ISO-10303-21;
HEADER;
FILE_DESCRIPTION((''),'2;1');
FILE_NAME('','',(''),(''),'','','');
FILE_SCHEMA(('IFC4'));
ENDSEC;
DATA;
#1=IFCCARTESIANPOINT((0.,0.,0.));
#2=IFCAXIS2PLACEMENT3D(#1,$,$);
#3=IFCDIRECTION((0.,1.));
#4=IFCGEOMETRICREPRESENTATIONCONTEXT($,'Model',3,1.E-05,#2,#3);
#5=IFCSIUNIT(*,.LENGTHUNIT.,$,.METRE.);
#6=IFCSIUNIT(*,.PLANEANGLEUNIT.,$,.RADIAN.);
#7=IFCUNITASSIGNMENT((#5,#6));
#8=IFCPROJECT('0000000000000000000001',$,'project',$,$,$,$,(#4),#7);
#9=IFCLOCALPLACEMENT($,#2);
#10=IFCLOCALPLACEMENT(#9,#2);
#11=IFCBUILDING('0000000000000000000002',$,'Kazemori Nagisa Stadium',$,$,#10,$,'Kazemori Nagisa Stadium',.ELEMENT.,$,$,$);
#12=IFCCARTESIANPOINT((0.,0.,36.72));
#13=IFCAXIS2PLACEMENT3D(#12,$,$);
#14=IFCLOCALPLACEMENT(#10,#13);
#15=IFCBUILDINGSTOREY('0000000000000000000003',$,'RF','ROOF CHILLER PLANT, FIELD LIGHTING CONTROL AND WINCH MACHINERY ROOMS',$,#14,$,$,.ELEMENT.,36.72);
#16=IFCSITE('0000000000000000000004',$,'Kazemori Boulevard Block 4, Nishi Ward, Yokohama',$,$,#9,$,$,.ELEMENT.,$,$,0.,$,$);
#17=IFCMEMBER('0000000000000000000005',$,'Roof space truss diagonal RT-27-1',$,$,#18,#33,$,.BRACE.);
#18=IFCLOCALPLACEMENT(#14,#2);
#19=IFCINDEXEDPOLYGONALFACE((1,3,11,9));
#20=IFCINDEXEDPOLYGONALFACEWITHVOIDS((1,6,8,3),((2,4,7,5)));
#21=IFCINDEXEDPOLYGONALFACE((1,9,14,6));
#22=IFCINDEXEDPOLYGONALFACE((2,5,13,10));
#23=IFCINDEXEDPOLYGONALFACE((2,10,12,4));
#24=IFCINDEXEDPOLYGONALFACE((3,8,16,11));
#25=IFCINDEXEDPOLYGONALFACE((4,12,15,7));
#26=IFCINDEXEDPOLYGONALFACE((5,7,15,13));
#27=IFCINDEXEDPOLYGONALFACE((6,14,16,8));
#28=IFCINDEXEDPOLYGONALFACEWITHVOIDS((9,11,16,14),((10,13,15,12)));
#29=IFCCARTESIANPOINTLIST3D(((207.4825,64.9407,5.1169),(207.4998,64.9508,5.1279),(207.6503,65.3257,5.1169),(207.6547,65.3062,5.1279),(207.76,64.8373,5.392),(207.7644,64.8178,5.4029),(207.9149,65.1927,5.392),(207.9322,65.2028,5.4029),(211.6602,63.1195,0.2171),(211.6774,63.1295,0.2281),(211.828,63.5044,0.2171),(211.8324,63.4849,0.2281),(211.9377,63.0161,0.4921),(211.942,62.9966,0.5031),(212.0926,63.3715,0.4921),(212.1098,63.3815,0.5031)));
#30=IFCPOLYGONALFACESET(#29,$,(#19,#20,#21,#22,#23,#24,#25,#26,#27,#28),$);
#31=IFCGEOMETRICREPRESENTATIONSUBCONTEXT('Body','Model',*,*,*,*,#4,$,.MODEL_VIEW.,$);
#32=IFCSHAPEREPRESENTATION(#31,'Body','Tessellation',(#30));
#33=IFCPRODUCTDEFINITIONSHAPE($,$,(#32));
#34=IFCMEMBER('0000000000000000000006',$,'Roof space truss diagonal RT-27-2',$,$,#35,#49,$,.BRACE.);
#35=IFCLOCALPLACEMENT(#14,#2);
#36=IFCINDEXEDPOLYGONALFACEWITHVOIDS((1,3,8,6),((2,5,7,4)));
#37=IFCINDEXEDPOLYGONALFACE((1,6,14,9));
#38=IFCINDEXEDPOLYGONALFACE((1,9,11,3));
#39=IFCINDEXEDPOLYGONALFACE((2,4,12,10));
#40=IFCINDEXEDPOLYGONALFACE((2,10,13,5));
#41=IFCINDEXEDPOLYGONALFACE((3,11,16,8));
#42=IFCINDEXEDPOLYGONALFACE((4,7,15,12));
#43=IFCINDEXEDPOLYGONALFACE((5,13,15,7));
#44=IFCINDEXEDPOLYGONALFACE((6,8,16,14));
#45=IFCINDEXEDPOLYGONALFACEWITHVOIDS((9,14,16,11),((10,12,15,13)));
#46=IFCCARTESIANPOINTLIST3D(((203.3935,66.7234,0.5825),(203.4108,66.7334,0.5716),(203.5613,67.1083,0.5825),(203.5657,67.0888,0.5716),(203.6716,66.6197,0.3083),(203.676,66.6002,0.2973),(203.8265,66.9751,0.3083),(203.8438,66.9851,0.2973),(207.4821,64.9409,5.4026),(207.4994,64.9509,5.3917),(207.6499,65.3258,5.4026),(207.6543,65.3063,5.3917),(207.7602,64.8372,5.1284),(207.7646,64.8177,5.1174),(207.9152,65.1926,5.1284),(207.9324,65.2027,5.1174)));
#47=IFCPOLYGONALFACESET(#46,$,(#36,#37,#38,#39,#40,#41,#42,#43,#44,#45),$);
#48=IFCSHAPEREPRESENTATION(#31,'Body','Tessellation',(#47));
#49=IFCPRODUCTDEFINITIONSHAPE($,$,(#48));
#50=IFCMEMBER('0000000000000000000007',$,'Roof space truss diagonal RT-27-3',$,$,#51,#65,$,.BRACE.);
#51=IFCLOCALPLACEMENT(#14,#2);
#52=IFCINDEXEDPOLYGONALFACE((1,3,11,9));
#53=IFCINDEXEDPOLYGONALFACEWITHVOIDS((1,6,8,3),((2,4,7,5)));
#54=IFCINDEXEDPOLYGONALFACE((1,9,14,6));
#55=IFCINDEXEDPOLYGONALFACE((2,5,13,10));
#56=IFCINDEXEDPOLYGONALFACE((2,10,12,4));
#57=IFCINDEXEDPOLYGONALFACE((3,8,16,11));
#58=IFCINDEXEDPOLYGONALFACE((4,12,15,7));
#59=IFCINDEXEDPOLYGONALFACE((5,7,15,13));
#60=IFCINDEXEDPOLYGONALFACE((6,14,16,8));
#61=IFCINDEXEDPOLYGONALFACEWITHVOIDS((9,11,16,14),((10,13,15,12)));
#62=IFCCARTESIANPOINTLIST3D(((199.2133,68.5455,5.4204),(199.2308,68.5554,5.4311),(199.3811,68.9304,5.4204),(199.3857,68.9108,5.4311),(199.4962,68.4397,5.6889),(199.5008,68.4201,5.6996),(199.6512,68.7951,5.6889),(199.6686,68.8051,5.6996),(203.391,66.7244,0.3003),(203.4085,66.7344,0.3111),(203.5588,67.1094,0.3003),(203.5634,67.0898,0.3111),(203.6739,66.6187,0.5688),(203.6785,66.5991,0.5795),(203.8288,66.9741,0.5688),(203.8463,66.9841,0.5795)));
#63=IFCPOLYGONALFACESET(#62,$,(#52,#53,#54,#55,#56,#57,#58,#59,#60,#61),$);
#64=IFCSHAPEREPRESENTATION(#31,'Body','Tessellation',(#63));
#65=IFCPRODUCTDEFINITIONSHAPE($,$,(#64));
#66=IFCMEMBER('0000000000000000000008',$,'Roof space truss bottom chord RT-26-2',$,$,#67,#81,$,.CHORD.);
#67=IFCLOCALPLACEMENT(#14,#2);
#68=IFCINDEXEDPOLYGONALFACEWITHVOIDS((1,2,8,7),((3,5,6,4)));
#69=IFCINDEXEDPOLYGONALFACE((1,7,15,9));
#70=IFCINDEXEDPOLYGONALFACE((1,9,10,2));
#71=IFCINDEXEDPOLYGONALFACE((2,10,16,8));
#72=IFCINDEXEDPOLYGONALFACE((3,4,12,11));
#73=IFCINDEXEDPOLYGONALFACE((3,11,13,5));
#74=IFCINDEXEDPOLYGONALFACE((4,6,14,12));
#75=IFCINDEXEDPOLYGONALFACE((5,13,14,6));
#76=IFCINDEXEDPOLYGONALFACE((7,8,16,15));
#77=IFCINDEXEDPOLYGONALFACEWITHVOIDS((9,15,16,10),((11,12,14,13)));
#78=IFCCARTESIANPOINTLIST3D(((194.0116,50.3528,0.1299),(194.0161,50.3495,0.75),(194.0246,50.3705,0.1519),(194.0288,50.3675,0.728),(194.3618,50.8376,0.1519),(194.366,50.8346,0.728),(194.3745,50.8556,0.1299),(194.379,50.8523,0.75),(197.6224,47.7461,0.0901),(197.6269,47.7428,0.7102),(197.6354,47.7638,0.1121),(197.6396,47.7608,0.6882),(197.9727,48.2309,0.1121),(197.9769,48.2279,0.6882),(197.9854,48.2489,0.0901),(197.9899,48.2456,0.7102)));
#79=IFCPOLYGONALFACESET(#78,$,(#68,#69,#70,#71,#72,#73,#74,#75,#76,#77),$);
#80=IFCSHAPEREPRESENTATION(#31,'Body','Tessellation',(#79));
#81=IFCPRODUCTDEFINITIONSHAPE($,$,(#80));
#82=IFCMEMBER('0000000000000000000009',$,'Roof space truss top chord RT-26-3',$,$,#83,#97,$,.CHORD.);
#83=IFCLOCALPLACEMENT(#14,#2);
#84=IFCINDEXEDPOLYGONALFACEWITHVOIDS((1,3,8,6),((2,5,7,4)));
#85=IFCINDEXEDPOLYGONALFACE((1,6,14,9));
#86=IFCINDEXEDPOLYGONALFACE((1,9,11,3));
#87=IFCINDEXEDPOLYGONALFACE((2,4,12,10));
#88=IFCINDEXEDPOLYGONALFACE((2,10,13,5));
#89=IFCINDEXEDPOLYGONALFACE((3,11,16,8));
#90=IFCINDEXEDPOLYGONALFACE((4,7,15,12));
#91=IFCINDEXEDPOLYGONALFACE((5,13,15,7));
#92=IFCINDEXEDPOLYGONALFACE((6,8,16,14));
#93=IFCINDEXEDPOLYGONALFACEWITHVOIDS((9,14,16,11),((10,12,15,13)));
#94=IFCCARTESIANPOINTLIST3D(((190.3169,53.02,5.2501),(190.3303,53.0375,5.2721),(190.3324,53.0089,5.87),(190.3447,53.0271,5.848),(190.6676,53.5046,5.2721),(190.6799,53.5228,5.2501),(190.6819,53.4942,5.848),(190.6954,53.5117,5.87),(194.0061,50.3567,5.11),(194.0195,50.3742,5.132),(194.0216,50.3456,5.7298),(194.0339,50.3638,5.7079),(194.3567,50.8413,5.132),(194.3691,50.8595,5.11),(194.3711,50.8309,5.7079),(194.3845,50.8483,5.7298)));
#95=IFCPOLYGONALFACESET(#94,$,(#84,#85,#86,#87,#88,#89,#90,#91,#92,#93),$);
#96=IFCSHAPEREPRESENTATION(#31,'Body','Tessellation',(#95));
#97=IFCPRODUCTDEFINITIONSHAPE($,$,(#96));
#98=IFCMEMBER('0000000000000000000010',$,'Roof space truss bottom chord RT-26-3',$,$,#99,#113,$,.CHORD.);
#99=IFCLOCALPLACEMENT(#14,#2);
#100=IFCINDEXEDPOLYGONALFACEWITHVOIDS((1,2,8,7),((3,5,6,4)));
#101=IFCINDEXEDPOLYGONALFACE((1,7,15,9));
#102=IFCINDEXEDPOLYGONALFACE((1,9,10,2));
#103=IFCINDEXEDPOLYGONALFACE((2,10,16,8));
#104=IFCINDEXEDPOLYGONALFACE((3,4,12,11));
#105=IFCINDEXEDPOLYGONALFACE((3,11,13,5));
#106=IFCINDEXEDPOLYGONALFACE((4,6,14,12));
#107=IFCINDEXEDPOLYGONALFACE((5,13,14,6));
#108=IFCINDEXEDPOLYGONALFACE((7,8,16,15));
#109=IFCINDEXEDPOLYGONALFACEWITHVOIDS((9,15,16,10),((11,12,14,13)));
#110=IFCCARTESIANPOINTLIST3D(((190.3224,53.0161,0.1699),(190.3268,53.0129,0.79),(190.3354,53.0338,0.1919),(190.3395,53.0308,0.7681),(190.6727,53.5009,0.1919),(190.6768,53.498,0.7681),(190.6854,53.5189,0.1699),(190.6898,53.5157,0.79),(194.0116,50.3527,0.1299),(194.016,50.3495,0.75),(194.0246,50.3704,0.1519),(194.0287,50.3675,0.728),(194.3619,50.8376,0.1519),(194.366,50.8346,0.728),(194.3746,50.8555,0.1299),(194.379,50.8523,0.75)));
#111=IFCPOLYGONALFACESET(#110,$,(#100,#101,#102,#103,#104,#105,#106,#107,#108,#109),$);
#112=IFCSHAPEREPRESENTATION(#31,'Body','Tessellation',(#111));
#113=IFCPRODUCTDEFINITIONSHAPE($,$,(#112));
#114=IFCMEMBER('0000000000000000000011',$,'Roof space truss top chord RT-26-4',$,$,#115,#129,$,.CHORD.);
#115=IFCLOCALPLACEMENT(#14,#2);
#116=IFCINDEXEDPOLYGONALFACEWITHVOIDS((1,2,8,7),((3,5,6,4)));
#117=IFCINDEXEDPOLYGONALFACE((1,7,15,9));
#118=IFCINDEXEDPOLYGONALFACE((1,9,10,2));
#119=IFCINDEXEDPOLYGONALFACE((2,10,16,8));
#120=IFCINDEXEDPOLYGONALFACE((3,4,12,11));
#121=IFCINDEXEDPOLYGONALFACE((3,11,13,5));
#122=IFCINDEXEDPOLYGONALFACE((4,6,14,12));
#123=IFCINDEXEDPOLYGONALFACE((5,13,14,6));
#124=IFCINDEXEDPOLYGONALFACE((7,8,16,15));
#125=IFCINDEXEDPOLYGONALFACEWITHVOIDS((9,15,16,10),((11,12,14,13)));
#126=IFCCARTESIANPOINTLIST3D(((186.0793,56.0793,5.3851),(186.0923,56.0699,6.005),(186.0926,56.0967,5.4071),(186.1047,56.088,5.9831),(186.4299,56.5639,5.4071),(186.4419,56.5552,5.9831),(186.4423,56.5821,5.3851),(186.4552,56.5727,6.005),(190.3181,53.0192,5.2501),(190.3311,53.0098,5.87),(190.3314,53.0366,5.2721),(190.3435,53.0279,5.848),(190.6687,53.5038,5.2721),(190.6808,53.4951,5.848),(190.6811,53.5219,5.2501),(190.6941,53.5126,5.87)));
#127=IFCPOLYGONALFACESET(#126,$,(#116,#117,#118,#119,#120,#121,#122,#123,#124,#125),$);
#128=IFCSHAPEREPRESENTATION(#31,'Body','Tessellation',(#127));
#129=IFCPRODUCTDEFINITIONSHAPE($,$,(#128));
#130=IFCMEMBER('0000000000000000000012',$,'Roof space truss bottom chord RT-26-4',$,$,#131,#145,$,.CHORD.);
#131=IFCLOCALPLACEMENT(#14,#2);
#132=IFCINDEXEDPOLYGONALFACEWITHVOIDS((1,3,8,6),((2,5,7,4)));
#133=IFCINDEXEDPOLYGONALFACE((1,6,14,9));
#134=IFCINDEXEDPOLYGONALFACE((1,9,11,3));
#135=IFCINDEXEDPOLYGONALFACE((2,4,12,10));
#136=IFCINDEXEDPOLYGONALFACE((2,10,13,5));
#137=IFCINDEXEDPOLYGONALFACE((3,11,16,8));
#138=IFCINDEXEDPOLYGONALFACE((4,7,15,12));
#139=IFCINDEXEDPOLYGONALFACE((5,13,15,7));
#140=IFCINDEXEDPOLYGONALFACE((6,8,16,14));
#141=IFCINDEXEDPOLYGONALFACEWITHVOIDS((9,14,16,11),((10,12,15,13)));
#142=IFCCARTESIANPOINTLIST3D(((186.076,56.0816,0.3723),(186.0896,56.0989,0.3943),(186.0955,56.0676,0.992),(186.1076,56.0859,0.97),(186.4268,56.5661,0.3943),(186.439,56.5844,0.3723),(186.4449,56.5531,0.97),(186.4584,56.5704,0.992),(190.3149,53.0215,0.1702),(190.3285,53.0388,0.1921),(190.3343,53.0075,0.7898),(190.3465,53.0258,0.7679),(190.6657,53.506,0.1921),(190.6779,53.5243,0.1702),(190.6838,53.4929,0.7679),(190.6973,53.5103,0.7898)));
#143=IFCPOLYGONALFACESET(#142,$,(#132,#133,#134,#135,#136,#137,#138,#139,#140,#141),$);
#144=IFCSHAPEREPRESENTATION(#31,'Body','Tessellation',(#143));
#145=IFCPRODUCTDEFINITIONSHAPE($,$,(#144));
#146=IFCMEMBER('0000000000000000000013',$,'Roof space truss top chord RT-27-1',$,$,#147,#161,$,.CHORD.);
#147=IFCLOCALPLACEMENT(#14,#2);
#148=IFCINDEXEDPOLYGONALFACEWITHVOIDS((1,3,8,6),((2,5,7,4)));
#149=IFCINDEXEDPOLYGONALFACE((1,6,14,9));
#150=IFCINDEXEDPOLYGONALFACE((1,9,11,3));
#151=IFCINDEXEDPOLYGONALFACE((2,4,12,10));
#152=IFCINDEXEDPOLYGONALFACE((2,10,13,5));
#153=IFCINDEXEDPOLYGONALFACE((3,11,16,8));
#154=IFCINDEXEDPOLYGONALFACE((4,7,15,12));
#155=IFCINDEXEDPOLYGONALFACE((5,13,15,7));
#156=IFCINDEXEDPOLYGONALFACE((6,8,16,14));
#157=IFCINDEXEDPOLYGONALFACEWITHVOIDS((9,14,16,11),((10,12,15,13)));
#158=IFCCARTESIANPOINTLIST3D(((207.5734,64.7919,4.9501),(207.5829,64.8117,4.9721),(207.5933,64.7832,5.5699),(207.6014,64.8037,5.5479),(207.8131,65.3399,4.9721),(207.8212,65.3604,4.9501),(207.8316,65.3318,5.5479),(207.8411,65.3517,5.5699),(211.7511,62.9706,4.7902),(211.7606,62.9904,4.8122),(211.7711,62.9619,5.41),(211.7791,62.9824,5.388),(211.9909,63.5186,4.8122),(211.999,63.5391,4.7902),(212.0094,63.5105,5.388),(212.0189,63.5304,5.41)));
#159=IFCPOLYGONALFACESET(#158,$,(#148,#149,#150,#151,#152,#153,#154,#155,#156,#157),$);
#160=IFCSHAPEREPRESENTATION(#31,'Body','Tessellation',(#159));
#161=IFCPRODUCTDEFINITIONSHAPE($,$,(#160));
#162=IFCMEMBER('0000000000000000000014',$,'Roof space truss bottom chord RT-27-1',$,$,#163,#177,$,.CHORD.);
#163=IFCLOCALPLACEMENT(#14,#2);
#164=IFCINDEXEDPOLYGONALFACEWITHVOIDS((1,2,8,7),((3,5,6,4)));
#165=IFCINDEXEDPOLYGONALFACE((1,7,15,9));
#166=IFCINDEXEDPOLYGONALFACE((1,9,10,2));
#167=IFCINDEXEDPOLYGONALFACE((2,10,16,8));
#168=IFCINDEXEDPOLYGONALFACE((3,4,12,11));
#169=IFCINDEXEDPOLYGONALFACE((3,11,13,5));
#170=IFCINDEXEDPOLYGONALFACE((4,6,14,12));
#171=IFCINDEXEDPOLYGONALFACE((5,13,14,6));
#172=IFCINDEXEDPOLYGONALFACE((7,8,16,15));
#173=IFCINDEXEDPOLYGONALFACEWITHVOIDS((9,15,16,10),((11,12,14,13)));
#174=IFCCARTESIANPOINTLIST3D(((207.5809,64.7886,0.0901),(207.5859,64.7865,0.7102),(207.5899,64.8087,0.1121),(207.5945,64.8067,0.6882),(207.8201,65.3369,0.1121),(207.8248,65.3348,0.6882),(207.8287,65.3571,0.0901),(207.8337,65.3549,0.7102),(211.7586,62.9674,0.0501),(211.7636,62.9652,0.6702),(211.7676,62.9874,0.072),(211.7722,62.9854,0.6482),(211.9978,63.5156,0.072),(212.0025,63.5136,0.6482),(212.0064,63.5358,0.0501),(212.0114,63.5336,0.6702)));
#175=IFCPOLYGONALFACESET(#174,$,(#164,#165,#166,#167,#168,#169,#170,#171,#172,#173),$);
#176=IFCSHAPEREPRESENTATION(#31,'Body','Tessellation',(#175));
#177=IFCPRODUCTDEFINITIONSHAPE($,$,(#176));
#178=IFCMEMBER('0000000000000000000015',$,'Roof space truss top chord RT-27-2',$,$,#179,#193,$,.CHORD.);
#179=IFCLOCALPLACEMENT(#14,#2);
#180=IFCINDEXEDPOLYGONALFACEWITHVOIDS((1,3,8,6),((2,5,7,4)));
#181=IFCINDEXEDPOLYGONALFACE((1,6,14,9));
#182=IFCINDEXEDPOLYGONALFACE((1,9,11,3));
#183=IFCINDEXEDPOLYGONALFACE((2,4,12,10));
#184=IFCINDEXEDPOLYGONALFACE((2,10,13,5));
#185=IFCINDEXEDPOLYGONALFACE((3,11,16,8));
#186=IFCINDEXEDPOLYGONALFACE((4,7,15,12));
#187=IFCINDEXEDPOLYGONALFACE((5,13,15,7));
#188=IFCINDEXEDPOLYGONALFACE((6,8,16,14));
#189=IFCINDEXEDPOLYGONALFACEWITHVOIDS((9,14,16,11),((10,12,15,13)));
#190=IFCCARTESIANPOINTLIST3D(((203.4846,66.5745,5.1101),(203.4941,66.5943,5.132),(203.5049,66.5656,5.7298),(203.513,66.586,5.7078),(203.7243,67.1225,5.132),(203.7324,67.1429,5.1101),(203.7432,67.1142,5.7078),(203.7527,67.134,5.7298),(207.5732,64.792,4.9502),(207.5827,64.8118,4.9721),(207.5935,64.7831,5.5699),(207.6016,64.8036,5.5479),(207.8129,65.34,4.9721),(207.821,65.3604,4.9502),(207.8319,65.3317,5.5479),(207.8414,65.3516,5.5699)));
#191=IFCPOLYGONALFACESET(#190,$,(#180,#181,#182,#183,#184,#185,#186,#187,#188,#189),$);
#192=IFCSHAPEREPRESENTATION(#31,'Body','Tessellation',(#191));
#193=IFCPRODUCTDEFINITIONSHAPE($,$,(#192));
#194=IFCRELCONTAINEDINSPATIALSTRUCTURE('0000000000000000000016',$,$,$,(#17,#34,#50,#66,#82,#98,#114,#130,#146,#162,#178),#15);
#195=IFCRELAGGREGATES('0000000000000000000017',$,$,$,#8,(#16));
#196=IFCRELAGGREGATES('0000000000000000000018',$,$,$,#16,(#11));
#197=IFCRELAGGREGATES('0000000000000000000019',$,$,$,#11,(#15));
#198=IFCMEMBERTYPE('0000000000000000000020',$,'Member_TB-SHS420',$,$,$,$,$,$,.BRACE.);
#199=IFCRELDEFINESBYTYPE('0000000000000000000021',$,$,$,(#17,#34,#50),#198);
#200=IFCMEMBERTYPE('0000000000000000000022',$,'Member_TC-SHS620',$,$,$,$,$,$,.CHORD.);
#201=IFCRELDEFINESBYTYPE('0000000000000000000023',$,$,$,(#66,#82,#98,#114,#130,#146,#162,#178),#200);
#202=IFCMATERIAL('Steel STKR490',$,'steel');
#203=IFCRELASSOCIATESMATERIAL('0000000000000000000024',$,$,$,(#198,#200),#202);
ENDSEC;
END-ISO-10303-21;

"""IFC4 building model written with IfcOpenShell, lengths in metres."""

from ifc_helpers import new_model, si_unit, direction, frame, origin, origin_2d, place, context, subcontext, project, spatial, hollow_rectangle, extrude, material, material_profile, profile_set, type_object, element, save


model = new_model("IFC4")

# Units and contexts
model_context = context("Model", 3, precision=1e-05, world=origin(), true_north=direction((0.0, 1.0)))
body_context = subcontext(model_context, "Body", "Model", "MODEL_VIEW")
ifc_project = project(units=[si_unit("LENGTHUNIT", "METRE"), si_unit("PLANEANGLEUNIT", "RADIAN")], contexts=[model_context])

# Site, building, storey
site_placement = place(None, origin())
site = spatial("IfcSite", under=ifc_project, at=site_placement, Name="Kazemori Boulevard Block 4, Nishi Ward, Yokohama", CompositionType="ELEMENT", RefElevation=0.0)
building_placement = place(site_placement, origin())
building = spatial("IfcBuilding", under=site, at=building_placement, Name="Kazemori Nagisa Stadium", LongName="Kazemori Nagisa Stadium", CompositionType="ELEMENT")
storey_placement = place(building_placement, frame((0.0, 0.0, 36.72)))
storey = spatial("IfcBuildingStorey", under=building, at=storey_placement, Name="RF", Description="ROOF CHILLER PLANT, FIELD LIGHTING CONTROL AND WINCH MACHINERY ROOMS", CompositionType="ELEMENT", Elevation=36.72)

# Members
ifc_material_1 = material(Name="Steel STKR490", Category="steel")
ifc_material_profile_1 = material_profile(ifc_material_1, hollow_rectangle(XDim=0.4199, YDim=0.4199, WallThickness=0.0161, at=origin_2d()), Name="SHS-420x420x16")
ifc_profile_set_1 = profile_set([ifc_material_profile_1], Name="Steel STKR490")
member_type_1 = type_object("IfcMemberType", Name="Member_TB-SHS420", PredefinedType="BRACE", material=ifc_profile_set_1)
member_1_placement = place(storey_placement, frame((211.885, 63.2505, 0.3601), z_axis=(-0.624311, 0.272169, 0.73223), x_axis=(-0.399627, -0.916678, 0.0)))
element("IfcMember", 1, at=member_1_placement, inside=storey, type_object=member_type_1, Name="Roof space truss diagonal RT-27-1", PredefinedType="BRACE", context=body_context, shape_type="SweptSolid", body=[
    extrude(hollow_rectangle(XDim=0.4199, YDim=0.4199, WallThickness=0.0161, at=origin_2d()), origin(), (0.0, 0.0, 1.0), 6.6917),
])
member_2_placement = place(storey_placement, frame((207.7073, 65.0718, 5.26), z_axis=(-0.62259, 0.271423, -0.73397), x_axis=(-0.399633, -0.916675, 0.0)))
element("IfcMember", 2, at=member_2_placement, inside=storey, type_object=member_type_1, Name="Roof space truss diagonal RT-27-2", PredefinedType="BRACE", context=body_context, shape_type="SweptSolid", body=[
    extrude(hollow_rectangle(XDim=0.4199, YDim=0.4199, WallThickness=0.0161, at=origin_2d()), origin(), (0.0, 0.0, 1.0), 6.5671),
])
member_3_placement = place(storey_placement, frame((203.6187, 66.8542, 0.4399), z_axis=(-0.609481, 0.265668, 0.746963), x_axis=(-0.399582, -0.916697, 0.0)))
element("IfcMember", 3, at=member_3_placement, inside=storey, type_object=member_type_1, Name="Roof space truss diagonal RT-27-3", PredefinedType="BRACE", context=body_context, shape_type="SweptSolid", body=[
    extrude(hollow_rectangle(XDim=0.4199, YDim=0.4199, WallThickness=0.0161, at=origin_2d()), origin(), (0.0, 0.0, 1.0), 6.8545),
])
ifc_material_profile_2 = material_profile(ifc_material_1, hollow_rectangle(XDim=0.6201, YDim=0.6201, WallThickness=0.022, at=origin_2d()), Name="SHS-620x620x22")
ifc_profile_set_2 = profile_set([ifc_material_profile_2], Name="Steel STKR490")
member_type_2 = type_object("IfcMemberType", Name="Member_TC-SHS620", PredefinedType="CHORD", material=ifc_profile_set_2)
member_4_placement = place(storey_placement, frame((197.8062, 47.9958, 0.4001), z_axis=(-0.810768, 0.585299, 0.008935), x_axis=(-0.585322, -0.810801, 0.0)))
element("IfcMember", 4, at=member_4_placement, inside=storey, type_object=member_type_2, Name="Roof space truss bottom chord RT-26-2", PredefinedType="CHORD", context=body_context, shape_type="SweptSolid", body=[
    extrude(hollow_rectangle(XDim=0.6201, YDim=0.6201, WallThickness=0.022, at=origin_2d()), origin(), (0.0, 0.0, 1.0), 4.4536),
])
member_5_placement = place(storey_placement, frame((194.1953, 50.6025, 5.4199), z_axis=(-0.81041, 0.585054, 0.030784), x_axis=(-0.585332, -0.810794, 0.0)))
element("IfcMember", 5, at=member_5_placement, inside=storey, type_object=member_type_2, Name="Roof space truss top chord RT-26-3", PredefinedType="CHORD", context=body_context, shape_type="SweptSolid", body=[
    extrude(hollow_rectangle(XDim=0.6201, YDim=0.6201, WallThickness=0.022, at=origin_2d()), origin(), (0.0, 0.0, 1.0), 4.5522),
])
member_6_placement = place(storey_placement, frame((194.1953, 50.6025, 0.4399), z_axis=(-0.810762, 0.585309, 0.008799), x_axis=(-0.585332, -0.810794, 0.0)))
element("IfcMember", 6, at=member_6_placement, inside=storey, type_object=member_type_2, Name="Roof space truss bottom chord RT-26-3", PredefinedType="CHORD", context=body_context, shape_type="SweptSolid", body=[
    extrude(hollow_rectangle(XDim=0.6201, YDim=0.6201, WallThickness=0.022, at=origin_2d()), origin(), (0.0, 0.0, 1.0), 4.5503),
])
member_7_placement = place(storey_placement, frame((190.5061, 53.2659, 5.5601), z_axis=(-0.810525, 0.585135, 0.025816), x_axis=(-0.58533, -0.810795, 0.0)))
element("IfcMember", 7, at=member_7_placement, inside=storey, type_object=member_type_2, Name="Roof space truss top chord RT-26-4", PredefinedType="CHORD", context=body_context, shape_type="SweptSolid", body=[
    extrude(hollow_rectangle(XDim=0.6201, YDim=0.6201, WallThickness=0.022, at=origin_2d()), origin(), (0.0, 0.0, 1.0), 5.2297),
])
member_8_placement = place(storey_placement, frame((190.5061, 53.2659, 0.48), z_axis=(-0.81019, 0.584893, 0.038638), x_axis=(-0.58533, -0.810795, 0.0)))
element("IfcMember", 8, at=member_8_placement, inside=storey, type_object=member_type_2, Name="Roof space truss bottom chord RT-26-4", PredefinedType="CHORD", context=body_context, shape_type="SweptSolid", body=[
    extrude(hollow_rectangle(XDim=0.6201, YDim=0.6201, WallThickness=0.022, at=origin_2d()), origin(), (0.0, 0.0, 1.0), 5.2319),
])
member_9_placement = place(storey_placement, frame((211.885, 63.2505, 5.1001), z_axis=(-0.916114, 0.399381, 0.035066), x_axis=(-0.399627, -0.916678, 0.0)))
element("IfcMember", 9, at=member_9_placement, inside=storey, type_object=member_type_2, Name="Roof space truss top chord RT-27-1", PredefinedType="CHORD", context=body_context, shape_type="SweptSolid", body=[
    extrude(hollow_rectangle(XDim=0.6201, YDim=0.6201, WallThickness=0.022, at=origin_2d()), origin(), (0.0, 0.0, 1.0), 4.5603),
])
member_10_placement = place(storey_placement, frame((211.885, 63.2505, 0.3601), z_axis=(-0.916642, 0.399612, 0.008785), x_axis=(-0.399627, -0.916678, 0.0)))
element("IfcMember", 10, at=member_10_placement, inside=storey, type_object=member_type_2, Name="Roof space truss bottom chord RT-27-1", PredefinedType="CHORD", context=body_context, shape_type="SweptSolid", body=[
    extrude(hollow_rectangle(XDim=0.6201, YDim=0.6201, WallThickness=0.022, at=origin_2d()), origin(), (0.0, 0.0, 1.0), 4.5576),
])
member_11_placement = place(storey_placement, frame((207.7073, 65.0718, 5.26), z_axis=(-0.916087, 0.399376, 0.03583), x_axis=(-0.399633, -0.916675, 0.0)))
element("IfcMember", 11, at=member_11_placement, inside=storey, type_object=member_type_2, Name="Roof space truss top chord RT-27-2", PredefinedType="CHORD", context=body_context, shape_type="SweptSolid", body=[
    extrude(hollow_rectangle(XDim=0.6201, YDim=0.6201, WallThickness=0.022, at=origin_2d()), origin(), (0.0, 0.0, 1.0), 4.4631),
])

save(model, "model.ifc")
